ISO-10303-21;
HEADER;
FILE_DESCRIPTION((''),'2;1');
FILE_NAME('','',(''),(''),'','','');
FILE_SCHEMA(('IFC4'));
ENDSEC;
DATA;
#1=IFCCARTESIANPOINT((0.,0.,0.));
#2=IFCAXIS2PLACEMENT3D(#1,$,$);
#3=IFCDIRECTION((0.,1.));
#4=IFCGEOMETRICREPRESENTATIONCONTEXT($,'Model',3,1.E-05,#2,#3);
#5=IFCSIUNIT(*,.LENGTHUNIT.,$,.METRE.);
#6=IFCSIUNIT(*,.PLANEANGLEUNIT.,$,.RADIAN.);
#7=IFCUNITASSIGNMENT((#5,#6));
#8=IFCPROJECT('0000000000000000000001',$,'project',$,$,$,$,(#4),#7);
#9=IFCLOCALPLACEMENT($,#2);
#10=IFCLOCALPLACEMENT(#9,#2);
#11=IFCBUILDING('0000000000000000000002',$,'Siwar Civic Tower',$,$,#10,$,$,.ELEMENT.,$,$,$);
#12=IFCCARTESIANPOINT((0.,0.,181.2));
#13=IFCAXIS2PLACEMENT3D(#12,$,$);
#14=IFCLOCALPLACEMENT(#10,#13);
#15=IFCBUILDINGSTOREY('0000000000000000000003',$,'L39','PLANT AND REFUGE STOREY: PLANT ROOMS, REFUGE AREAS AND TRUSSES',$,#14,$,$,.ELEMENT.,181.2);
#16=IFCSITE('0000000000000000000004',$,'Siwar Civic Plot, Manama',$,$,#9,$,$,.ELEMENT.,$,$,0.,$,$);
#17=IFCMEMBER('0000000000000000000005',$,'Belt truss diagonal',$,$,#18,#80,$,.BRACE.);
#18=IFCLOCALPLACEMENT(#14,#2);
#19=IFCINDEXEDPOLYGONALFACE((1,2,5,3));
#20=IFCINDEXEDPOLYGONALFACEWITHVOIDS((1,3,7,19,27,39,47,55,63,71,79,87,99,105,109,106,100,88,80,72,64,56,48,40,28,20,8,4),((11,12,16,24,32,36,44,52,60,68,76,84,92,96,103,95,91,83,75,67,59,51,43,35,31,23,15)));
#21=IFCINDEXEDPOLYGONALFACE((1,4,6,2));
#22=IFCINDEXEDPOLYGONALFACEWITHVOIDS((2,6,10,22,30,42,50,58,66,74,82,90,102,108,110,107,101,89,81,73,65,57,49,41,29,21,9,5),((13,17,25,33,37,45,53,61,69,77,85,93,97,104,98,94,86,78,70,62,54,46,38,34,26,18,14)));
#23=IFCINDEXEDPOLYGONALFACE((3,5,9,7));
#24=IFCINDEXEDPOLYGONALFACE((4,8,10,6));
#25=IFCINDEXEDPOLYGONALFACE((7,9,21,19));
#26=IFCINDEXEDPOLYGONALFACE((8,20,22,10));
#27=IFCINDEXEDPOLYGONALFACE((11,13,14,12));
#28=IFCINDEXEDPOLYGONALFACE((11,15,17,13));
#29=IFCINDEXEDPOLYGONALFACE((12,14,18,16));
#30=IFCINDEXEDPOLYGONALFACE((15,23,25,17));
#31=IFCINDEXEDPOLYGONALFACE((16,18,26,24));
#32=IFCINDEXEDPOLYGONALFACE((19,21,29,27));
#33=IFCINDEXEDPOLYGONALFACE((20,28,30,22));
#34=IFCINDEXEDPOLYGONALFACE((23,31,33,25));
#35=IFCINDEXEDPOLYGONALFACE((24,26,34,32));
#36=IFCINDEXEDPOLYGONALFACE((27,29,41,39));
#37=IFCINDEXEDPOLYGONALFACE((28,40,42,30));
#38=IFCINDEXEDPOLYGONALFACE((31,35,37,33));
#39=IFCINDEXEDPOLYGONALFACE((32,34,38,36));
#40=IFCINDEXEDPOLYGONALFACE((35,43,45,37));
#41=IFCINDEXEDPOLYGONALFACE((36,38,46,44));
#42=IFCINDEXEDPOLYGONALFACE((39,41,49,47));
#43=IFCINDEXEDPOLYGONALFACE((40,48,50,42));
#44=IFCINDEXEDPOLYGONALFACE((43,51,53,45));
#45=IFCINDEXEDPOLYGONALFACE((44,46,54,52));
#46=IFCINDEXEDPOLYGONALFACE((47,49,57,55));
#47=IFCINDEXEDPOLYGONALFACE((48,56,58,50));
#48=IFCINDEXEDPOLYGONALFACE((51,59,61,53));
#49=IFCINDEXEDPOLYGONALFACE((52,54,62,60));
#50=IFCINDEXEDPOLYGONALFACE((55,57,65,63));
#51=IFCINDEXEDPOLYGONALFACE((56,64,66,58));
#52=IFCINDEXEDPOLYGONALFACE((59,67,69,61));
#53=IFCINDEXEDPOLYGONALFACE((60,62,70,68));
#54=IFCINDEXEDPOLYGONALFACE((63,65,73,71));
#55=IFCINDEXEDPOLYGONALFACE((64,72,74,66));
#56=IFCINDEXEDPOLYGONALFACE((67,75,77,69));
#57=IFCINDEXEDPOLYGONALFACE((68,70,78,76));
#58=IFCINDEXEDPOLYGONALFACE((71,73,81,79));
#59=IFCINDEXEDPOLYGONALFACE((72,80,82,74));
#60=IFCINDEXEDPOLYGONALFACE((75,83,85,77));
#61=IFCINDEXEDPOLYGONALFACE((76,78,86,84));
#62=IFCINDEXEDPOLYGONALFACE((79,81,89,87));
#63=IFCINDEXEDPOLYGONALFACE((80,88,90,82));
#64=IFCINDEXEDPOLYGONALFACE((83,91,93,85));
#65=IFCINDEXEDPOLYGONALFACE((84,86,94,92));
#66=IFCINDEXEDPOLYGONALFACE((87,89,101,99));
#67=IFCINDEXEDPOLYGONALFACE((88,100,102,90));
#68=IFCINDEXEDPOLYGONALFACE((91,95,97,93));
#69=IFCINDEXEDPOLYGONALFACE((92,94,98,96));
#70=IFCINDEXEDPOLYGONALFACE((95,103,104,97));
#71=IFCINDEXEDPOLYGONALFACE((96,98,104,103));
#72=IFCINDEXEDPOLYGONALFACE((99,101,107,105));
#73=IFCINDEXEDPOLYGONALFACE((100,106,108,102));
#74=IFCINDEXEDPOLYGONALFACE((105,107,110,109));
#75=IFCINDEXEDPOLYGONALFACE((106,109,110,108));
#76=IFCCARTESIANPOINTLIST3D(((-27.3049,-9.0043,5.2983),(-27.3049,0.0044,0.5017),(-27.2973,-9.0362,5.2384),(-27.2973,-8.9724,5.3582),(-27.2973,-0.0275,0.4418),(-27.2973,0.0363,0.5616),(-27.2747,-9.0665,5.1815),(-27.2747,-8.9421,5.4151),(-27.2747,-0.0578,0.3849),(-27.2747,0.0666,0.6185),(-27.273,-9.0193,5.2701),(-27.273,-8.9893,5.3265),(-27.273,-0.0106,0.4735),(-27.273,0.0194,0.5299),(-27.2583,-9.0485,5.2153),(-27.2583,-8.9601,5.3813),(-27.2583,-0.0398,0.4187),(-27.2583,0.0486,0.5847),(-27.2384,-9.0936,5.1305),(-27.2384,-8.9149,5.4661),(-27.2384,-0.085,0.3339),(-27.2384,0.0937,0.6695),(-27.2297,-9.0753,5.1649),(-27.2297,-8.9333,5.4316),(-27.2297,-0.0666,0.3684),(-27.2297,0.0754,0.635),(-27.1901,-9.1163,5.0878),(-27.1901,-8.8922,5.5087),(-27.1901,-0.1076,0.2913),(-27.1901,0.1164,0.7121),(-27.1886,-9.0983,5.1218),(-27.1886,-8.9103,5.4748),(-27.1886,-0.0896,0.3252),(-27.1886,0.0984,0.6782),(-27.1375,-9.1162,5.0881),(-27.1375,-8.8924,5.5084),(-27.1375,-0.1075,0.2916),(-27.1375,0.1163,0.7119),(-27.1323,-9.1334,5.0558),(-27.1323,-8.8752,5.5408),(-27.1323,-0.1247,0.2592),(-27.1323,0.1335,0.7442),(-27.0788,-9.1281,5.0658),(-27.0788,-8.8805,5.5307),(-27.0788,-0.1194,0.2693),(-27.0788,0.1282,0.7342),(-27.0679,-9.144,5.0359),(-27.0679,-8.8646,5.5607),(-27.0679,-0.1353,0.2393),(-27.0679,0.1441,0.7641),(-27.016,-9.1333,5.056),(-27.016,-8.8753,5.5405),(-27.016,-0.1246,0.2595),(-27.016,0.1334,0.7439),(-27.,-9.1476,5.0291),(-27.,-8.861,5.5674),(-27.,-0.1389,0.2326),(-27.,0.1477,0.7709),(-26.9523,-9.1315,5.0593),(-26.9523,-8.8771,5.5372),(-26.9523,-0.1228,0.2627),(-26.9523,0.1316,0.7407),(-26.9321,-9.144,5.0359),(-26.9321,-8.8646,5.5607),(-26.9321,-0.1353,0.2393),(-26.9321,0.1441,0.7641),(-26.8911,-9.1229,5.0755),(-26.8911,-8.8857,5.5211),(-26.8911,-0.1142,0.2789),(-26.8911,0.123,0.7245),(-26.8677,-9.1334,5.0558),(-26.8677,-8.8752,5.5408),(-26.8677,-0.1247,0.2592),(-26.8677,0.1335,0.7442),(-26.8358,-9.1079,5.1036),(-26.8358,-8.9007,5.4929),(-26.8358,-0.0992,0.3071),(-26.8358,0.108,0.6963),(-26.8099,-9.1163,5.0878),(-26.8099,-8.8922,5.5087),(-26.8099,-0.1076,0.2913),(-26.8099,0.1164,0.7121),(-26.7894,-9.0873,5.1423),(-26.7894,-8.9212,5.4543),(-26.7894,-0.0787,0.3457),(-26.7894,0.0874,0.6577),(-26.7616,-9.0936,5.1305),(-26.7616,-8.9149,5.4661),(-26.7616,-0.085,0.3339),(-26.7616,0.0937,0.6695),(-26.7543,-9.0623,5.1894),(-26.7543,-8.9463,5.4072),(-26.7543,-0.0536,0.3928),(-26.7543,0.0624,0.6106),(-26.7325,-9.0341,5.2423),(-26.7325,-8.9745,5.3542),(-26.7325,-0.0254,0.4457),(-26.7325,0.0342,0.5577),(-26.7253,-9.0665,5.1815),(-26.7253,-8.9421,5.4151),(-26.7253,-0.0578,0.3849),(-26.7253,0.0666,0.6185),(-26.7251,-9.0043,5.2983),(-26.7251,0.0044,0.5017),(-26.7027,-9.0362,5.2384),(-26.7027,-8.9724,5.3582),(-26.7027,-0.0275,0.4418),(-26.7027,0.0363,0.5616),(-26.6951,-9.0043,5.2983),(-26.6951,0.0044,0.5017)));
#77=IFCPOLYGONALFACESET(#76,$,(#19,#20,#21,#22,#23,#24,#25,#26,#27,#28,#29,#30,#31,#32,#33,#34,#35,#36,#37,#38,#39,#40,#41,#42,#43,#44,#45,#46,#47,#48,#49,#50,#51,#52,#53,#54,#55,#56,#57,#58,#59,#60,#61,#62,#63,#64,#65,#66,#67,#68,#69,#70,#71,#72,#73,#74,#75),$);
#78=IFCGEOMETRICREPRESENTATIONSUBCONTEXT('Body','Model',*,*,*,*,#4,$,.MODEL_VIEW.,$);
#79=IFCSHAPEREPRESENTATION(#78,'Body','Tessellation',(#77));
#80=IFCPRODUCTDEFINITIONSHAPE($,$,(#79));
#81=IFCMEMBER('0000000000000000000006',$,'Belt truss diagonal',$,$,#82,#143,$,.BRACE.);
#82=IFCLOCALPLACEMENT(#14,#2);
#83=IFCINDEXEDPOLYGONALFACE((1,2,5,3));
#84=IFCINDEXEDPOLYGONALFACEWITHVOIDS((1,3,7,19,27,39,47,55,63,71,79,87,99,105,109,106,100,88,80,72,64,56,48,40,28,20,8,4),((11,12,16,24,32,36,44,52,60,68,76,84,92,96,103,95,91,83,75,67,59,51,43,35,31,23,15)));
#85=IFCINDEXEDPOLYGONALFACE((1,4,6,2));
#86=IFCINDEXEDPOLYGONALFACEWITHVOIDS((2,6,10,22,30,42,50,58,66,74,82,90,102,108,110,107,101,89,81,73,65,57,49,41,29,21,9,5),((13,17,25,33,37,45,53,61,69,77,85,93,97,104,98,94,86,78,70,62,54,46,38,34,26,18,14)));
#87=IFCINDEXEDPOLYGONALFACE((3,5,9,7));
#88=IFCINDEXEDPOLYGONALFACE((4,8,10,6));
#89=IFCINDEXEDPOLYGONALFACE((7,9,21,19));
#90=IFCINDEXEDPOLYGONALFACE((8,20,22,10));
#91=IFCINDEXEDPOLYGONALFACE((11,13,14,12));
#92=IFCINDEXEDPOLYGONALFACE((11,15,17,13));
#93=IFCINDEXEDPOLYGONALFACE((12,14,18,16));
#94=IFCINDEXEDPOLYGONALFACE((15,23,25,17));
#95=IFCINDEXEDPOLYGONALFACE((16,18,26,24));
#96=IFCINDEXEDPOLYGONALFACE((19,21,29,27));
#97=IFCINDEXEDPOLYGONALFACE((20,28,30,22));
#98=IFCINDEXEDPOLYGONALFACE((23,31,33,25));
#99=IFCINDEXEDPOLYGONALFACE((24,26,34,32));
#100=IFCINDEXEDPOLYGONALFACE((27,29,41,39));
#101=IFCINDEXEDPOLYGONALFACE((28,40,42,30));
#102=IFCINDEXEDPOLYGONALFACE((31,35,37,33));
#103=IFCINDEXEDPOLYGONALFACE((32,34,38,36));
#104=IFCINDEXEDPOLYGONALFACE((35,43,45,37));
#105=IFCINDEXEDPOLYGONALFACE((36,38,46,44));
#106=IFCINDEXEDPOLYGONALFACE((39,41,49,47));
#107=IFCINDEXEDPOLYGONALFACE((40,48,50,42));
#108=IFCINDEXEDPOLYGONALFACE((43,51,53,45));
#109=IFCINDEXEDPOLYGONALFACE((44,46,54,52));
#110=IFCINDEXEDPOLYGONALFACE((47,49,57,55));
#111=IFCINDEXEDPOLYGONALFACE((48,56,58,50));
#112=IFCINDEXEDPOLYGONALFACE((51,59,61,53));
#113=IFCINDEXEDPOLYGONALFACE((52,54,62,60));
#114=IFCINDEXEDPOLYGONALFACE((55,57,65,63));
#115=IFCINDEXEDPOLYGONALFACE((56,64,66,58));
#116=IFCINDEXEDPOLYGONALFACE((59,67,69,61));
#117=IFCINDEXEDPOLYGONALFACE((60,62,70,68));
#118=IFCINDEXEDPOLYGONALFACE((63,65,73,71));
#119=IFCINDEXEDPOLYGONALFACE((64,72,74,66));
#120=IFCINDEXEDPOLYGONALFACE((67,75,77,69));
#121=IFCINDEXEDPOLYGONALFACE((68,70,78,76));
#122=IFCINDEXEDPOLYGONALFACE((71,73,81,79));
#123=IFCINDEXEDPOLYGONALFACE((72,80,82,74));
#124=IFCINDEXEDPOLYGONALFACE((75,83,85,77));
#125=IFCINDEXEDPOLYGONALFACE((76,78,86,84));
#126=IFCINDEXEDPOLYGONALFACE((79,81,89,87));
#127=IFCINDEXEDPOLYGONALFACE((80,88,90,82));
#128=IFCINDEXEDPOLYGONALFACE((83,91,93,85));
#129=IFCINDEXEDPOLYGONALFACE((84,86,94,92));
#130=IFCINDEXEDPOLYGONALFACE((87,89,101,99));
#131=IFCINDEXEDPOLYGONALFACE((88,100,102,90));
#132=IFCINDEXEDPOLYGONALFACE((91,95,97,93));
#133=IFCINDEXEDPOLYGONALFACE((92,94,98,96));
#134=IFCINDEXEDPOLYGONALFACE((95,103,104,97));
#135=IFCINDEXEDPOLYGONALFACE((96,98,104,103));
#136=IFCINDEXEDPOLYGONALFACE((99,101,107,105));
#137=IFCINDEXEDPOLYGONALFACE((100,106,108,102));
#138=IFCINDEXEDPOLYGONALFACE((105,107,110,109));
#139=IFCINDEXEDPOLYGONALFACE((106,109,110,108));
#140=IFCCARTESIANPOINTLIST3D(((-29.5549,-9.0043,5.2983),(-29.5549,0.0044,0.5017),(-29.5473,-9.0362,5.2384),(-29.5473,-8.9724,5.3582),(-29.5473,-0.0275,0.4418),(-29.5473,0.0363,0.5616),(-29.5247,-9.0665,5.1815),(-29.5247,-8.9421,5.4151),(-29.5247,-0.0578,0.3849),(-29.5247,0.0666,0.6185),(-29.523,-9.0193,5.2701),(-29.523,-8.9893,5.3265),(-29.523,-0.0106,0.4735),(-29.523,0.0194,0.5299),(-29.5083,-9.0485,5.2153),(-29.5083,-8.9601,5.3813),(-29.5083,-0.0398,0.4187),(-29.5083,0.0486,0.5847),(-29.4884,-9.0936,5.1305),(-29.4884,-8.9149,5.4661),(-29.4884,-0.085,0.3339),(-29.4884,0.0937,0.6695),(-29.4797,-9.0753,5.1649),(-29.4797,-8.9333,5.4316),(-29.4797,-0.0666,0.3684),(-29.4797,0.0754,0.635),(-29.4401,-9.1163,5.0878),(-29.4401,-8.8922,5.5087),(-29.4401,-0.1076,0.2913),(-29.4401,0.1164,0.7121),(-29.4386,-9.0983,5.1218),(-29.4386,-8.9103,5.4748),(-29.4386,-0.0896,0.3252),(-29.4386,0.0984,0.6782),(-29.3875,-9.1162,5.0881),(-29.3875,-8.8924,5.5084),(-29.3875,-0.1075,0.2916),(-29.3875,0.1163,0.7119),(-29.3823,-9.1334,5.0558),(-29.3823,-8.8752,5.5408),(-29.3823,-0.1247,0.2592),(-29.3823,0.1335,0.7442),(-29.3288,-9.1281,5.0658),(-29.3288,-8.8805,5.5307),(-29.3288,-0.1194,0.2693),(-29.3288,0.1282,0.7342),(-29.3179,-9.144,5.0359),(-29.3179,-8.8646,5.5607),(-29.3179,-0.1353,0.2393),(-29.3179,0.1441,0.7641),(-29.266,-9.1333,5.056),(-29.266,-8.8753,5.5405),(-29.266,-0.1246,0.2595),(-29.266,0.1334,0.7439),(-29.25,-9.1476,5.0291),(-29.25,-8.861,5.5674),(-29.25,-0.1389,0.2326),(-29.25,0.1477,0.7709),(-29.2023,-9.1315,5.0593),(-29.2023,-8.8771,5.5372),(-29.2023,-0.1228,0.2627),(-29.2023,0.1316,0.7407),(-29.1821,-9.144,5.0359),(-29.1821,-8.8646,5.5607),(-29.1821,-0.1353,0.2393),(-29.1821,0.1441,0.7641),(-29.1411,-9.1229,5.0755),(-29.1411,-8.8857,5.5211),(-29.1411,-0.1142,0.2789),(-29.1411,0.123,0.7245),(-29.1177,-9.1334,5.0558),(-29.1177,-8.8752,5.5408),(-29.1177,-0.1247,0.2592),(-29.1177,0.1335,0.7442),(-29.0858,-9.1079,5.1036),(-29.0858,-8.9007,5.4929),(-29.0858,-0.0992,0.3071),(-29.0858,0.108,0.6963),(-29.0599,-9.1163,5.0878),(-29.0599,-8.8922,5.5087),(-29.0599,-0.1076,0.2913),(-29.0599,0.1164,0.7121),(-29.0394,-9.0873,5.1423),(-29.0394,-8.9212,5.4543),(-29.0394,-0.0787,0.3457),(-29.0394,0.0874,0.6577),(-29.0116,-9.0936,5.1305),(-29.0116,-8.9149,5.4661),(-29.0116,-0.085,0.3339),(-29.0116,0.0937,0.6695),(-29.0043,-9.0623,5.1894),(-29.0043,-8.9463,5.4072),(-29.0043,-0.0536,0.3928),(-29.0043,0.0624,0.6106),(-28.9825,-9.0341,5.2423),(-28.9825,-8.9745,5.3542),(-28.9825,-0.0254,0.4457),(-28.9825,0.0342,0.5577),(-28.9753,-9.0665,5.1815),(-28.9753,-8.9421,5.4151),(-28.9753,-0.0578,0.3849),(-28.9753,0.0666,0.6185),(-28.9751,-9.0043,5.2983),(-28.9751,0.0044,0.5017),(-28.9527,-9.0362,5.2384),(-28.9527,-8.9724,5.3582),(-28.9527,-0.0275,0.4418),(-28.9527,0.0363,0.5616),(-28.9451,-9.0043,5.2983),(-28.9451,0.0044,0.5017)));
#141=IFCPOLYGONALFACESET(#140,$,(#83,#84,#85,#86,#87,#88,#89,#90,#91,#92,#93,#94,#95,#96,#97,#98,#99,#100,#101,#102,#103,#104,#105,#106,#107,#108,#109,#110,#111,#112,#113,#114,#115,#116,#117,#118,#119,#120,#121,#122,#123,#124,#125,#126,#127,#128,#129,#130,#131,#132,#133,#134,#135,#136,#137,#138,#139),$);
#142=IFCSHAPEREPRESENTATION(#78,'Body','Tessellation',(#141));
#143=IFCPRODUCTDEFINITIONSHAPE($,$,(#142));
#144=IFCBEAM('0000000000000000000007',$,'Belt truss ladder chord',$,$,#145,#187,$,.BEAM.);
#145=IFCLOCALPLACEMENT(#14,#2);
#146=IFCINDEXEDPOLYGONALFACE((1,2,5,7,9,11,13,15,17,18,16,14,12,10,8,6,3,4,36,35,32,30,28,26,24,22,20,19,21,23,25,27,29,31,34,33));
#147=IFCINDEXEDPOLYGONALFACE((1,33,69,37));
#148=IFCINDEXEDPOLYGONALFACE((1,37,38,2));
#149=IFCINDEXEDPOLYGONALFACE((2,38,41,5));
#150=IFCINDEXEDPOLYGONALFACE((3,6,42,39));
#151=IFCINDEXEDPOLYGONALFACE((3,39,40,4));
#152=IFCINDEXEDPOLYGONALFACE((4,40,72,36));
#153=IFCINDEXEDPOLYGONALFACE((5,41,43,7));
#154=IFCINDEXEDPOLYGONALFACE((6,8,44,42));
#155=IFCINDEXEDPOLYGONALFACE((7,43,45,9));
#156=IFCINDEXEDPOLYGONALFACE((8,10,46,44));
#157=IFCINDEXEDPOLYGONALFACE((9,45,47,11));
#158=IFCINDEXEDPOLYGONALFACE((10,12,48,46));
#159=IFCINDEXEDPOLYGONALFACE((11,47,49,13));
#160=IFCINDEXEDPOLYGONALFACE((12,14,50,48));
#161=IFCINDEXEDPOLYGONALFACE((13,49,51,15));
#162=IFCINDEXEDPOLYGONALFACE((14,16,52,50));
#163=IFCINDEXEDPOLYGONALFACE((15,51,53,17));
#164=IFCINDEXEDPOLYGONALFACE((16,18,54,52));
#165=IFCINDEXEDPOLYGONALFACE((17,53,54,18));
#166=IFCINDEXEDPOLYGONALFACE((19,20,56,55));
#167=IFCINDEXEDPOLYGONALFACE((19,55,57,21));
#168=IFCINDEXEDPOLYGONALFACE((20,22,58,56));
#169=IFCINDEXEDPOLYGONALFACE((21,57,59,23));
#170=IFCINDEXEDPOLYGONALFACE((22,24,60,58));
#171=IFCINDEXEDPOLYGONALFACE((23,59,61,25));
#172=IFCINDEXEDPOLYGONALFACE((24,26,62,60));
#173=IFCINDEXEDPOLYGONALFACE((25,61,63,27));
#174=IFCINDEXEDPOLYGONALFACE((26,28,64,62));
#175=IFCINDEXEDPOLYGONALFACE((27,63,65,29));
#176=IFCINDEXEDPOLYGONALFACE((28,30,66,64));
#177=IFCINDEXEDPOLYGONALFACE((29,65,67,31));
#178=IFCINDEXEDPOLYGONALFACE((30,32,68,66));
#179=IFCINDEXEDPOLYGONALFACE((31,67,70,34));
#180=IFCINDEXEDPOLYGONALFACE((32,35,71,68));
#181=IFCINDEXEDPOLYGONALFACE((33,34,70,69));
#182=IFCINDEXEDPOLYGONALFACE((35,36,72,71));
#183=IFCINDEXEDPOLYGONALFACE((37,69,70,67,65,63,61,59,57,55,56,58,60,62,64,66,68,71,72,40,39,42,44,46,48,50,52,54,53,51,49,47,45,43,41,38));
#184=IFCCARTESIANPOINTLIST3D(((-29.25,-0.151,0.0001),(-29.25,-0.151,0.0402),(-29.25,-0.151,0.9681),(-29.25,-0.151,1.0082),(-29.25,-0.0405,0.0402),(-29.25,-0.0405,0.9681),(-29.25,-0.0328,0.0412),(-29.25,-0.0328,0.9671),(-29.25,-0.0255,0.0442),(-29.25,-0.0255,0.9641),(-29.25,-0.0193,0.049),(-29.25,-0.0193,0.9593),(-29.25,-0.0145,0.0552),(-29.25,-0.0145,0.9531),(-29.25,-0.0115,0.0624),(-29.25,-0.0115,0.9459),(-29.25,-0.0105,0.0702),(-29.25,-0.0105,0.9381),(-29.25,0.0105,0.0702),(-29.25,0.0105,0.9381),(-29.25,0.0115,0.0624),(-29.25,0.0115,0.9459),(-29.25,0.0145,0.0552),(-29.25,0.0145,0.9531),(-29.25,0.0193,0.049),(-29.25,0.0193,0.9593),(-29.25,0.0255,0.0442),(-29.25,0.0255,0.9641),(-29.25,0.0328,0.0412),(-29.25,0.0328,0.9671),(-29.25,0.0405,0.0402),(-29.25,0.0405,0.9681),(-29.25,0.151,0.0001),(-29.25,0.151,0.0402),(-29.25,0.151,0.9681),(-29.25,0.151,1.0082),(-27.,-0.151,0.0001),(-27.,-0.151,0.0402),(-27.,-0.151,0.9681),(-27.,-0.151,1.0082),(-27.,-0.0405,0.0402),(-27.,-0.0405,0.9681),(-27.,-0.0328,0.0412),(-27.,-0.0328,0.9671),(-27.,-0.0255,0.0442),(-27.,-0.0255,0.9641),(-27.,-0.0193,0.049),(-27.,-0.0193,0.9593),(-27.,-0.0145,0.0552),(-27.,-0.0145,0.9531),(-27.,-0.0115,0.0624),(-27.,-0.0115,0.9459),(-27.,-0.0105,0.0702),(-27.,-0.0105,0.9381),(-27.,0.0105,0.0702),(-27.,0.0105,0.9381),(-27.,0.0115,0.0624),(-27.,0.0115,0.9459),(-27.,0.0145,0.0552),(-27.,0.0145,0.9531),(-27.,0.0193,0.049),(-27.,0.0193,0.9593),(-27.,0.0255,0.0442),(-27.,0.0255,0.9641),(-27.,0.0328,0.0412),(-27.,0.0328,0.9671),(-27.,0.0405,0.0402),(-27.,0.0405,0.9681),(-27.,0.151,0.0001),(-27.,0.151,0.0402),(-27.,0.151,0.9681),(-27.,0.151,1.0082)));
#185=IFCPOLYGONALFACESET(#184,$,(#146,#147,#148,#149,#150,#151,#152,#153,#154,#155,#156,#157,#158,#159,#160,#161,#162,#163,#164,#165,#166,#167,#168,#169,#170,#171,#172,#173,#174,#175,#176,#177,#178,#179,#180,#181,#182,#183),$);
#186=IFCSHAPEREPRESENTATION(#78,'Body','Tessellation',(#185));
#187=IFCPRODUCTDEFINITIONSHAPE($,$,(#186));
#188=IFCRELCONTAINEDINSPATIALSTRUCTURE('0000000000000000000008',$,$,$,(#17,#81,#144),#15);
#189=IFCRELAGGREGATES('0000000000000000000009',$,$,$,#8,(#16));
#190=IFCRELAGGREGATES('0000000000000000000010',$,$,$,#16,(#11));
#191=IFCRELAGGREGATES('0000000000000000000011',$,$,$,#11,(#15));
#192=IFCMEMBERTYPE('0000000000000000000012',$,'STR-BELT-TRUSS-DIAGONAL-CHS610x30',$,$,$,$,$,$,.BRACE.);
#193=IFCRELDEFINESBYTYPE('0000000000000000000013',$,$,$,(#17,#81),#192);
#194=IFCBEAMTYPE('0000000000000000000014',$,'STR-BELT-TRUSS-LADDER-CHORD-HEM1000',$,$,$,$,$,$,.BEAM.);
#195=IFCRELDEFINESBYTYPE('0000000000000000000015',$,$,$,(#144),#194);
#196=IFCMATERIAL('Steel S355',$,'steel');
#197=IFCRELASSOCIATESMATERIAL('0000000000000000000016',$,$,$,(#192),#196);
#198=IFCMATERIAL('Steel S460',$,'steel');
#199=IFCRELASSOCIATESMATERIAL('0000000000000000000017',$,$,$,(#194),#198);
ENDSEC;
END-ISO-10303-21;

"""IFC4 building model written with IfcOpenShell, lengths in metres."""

from ifc_helpers import new_model, si_unit, direction, frame, origin, origin_2d, place, context, subcontext, project, spatial, hollow_circle, i_section, extrude, material, material_profile, profile_set, type_object, element, save


model = new_model("IFC4")

# Units and contexts
model_context = context("Model", 3, precision=1e-05, world=origin(), true_north=direction((0.0, 1.0)))
body_context = subcontext(model_context, "Body", "Model", "MODEL_VIEW")
ifc_project = project(units=[si_unit("LENGTHUNIT", "METRE"), si_unit("PLANEANGLEUNIT", "RADIAN")], contexts=[model_context])

# Site, building, storey
site_placement = place(None, origin())
site = spatial("IfcSite", under=ifc_project, at=site_placement, Name="Siwar Civic Plot, Manama", CompositionType="ELEMENT", RefElevation=0.0)
building_placement = place(site_placement, origin())
building = spatial("IfcBuilding", under=site, at=building_placement, Name="Siwar Civic Tower", CompositionType="ELEMENT")
storey_placement = place(building_placement, frame((0.0, 0.0, 181.2)))
storey = spatial("IfcBuildingStorey", under=building, at=storey_placement, Name="L39", Description="PLANT AND REFUGE STOREY: PLANT ROOMS, REFUGE AREAS AND TRUSSES", CompositionType="ELEMENT", Elevation=181.2)

# Members
ifc_material_1 = material(Name="Steel S355", Category="steel")
ifc_material_profile_1 = material_profile(ifc_material_1, hollow_circle(Radius=0.3049, WallThickness=0.03, at=origin_2d()), Name="CHS610x30")
ifc_profile_set_1 = profile_set([ifc_material_profile_1], Name="Steel S355")
member_type_1 = type_object("IfcMemberType", Name="STR-BELT-TRUSS-DIAGONAL-CHS610x30", PredefinedType="BRACE", material=ifc_profile_set_1)
for number, where, z_axis, x_axis, name in (
    (1, (-27.0, 0.0044, 0.5017), (0.0, -0.882681, 0.469974), (1.0, 0.0, 0.0), "Belt truss diagonal"),
    (2, (-29.25, 0.0044, 0.5017), (0.0, -0.882681, 0.469974), (1.0, 0.0, 0.0), "Belt truss diagonal"),
):
    element("IfcMember", number, at=place(storey_placement, frame(where, z_axis=z_axis, x_axis=x_axis)), inside=storey, type_object=member_type_1, Name=name, PredefinedType="BRACE", context=body_context, shape_type="SweptSolid", body=[
        extrude(hollow_circle(Radius=0.3049, WallThickness=0.03, at=origin_2d()), origin(), (0.0, 0.0, 1.0), 10.2061),
    ])

# Beam
ifc_material_2 = material(Name="Steel S460", Category="steel")
ifc_material_profile_2 = material_profile(ifc_material_2, i_section(OverallWidth=0.302, OverallDepth=1.0081, WebThickness=0.021, FlangeThickness=0.04, FilletRadius=0.03, at=origin_2d()), Name="HEM1000")
ifc_profile_set_2 = profile_set([ifc_material_profile_2], Name="Steel S460")
beam_type_1 = type_object("IfcBeamType", Name="STR-BELT-TRUSS-LADDER-CHORD-HEM1000", PredefinedType="BEAM", material=ifc_profile_set_2)
for number, where, z_axis, x_axis, name in (
    (3, (-27.0, 0.0, 0.5042), (-1.0, 0.0, 0.0), (0.0, -1.0, 0.0), "Belt truss ladder chord"),
):
    element("IfcBeam", number, at=place(storey_placement, frame(where, z_axis=z_axis, x_axis=x_axis)), inside=storey, type_object=beam_type_1, Name=name, PredefinedType="BEAM", context=body_context, shape_type="SweptSolid", body=[
        extrude(i_section(OverallWidth=0.302, OverallDepth=1.0081, WebThickness=0.021, FlangeThickness=0.04, FilletRadius=0.03, at=origin_2d()), origin(), (0.0, 0.0, 1.0), 2.25),
    ])

save(model, "model.ifc")
